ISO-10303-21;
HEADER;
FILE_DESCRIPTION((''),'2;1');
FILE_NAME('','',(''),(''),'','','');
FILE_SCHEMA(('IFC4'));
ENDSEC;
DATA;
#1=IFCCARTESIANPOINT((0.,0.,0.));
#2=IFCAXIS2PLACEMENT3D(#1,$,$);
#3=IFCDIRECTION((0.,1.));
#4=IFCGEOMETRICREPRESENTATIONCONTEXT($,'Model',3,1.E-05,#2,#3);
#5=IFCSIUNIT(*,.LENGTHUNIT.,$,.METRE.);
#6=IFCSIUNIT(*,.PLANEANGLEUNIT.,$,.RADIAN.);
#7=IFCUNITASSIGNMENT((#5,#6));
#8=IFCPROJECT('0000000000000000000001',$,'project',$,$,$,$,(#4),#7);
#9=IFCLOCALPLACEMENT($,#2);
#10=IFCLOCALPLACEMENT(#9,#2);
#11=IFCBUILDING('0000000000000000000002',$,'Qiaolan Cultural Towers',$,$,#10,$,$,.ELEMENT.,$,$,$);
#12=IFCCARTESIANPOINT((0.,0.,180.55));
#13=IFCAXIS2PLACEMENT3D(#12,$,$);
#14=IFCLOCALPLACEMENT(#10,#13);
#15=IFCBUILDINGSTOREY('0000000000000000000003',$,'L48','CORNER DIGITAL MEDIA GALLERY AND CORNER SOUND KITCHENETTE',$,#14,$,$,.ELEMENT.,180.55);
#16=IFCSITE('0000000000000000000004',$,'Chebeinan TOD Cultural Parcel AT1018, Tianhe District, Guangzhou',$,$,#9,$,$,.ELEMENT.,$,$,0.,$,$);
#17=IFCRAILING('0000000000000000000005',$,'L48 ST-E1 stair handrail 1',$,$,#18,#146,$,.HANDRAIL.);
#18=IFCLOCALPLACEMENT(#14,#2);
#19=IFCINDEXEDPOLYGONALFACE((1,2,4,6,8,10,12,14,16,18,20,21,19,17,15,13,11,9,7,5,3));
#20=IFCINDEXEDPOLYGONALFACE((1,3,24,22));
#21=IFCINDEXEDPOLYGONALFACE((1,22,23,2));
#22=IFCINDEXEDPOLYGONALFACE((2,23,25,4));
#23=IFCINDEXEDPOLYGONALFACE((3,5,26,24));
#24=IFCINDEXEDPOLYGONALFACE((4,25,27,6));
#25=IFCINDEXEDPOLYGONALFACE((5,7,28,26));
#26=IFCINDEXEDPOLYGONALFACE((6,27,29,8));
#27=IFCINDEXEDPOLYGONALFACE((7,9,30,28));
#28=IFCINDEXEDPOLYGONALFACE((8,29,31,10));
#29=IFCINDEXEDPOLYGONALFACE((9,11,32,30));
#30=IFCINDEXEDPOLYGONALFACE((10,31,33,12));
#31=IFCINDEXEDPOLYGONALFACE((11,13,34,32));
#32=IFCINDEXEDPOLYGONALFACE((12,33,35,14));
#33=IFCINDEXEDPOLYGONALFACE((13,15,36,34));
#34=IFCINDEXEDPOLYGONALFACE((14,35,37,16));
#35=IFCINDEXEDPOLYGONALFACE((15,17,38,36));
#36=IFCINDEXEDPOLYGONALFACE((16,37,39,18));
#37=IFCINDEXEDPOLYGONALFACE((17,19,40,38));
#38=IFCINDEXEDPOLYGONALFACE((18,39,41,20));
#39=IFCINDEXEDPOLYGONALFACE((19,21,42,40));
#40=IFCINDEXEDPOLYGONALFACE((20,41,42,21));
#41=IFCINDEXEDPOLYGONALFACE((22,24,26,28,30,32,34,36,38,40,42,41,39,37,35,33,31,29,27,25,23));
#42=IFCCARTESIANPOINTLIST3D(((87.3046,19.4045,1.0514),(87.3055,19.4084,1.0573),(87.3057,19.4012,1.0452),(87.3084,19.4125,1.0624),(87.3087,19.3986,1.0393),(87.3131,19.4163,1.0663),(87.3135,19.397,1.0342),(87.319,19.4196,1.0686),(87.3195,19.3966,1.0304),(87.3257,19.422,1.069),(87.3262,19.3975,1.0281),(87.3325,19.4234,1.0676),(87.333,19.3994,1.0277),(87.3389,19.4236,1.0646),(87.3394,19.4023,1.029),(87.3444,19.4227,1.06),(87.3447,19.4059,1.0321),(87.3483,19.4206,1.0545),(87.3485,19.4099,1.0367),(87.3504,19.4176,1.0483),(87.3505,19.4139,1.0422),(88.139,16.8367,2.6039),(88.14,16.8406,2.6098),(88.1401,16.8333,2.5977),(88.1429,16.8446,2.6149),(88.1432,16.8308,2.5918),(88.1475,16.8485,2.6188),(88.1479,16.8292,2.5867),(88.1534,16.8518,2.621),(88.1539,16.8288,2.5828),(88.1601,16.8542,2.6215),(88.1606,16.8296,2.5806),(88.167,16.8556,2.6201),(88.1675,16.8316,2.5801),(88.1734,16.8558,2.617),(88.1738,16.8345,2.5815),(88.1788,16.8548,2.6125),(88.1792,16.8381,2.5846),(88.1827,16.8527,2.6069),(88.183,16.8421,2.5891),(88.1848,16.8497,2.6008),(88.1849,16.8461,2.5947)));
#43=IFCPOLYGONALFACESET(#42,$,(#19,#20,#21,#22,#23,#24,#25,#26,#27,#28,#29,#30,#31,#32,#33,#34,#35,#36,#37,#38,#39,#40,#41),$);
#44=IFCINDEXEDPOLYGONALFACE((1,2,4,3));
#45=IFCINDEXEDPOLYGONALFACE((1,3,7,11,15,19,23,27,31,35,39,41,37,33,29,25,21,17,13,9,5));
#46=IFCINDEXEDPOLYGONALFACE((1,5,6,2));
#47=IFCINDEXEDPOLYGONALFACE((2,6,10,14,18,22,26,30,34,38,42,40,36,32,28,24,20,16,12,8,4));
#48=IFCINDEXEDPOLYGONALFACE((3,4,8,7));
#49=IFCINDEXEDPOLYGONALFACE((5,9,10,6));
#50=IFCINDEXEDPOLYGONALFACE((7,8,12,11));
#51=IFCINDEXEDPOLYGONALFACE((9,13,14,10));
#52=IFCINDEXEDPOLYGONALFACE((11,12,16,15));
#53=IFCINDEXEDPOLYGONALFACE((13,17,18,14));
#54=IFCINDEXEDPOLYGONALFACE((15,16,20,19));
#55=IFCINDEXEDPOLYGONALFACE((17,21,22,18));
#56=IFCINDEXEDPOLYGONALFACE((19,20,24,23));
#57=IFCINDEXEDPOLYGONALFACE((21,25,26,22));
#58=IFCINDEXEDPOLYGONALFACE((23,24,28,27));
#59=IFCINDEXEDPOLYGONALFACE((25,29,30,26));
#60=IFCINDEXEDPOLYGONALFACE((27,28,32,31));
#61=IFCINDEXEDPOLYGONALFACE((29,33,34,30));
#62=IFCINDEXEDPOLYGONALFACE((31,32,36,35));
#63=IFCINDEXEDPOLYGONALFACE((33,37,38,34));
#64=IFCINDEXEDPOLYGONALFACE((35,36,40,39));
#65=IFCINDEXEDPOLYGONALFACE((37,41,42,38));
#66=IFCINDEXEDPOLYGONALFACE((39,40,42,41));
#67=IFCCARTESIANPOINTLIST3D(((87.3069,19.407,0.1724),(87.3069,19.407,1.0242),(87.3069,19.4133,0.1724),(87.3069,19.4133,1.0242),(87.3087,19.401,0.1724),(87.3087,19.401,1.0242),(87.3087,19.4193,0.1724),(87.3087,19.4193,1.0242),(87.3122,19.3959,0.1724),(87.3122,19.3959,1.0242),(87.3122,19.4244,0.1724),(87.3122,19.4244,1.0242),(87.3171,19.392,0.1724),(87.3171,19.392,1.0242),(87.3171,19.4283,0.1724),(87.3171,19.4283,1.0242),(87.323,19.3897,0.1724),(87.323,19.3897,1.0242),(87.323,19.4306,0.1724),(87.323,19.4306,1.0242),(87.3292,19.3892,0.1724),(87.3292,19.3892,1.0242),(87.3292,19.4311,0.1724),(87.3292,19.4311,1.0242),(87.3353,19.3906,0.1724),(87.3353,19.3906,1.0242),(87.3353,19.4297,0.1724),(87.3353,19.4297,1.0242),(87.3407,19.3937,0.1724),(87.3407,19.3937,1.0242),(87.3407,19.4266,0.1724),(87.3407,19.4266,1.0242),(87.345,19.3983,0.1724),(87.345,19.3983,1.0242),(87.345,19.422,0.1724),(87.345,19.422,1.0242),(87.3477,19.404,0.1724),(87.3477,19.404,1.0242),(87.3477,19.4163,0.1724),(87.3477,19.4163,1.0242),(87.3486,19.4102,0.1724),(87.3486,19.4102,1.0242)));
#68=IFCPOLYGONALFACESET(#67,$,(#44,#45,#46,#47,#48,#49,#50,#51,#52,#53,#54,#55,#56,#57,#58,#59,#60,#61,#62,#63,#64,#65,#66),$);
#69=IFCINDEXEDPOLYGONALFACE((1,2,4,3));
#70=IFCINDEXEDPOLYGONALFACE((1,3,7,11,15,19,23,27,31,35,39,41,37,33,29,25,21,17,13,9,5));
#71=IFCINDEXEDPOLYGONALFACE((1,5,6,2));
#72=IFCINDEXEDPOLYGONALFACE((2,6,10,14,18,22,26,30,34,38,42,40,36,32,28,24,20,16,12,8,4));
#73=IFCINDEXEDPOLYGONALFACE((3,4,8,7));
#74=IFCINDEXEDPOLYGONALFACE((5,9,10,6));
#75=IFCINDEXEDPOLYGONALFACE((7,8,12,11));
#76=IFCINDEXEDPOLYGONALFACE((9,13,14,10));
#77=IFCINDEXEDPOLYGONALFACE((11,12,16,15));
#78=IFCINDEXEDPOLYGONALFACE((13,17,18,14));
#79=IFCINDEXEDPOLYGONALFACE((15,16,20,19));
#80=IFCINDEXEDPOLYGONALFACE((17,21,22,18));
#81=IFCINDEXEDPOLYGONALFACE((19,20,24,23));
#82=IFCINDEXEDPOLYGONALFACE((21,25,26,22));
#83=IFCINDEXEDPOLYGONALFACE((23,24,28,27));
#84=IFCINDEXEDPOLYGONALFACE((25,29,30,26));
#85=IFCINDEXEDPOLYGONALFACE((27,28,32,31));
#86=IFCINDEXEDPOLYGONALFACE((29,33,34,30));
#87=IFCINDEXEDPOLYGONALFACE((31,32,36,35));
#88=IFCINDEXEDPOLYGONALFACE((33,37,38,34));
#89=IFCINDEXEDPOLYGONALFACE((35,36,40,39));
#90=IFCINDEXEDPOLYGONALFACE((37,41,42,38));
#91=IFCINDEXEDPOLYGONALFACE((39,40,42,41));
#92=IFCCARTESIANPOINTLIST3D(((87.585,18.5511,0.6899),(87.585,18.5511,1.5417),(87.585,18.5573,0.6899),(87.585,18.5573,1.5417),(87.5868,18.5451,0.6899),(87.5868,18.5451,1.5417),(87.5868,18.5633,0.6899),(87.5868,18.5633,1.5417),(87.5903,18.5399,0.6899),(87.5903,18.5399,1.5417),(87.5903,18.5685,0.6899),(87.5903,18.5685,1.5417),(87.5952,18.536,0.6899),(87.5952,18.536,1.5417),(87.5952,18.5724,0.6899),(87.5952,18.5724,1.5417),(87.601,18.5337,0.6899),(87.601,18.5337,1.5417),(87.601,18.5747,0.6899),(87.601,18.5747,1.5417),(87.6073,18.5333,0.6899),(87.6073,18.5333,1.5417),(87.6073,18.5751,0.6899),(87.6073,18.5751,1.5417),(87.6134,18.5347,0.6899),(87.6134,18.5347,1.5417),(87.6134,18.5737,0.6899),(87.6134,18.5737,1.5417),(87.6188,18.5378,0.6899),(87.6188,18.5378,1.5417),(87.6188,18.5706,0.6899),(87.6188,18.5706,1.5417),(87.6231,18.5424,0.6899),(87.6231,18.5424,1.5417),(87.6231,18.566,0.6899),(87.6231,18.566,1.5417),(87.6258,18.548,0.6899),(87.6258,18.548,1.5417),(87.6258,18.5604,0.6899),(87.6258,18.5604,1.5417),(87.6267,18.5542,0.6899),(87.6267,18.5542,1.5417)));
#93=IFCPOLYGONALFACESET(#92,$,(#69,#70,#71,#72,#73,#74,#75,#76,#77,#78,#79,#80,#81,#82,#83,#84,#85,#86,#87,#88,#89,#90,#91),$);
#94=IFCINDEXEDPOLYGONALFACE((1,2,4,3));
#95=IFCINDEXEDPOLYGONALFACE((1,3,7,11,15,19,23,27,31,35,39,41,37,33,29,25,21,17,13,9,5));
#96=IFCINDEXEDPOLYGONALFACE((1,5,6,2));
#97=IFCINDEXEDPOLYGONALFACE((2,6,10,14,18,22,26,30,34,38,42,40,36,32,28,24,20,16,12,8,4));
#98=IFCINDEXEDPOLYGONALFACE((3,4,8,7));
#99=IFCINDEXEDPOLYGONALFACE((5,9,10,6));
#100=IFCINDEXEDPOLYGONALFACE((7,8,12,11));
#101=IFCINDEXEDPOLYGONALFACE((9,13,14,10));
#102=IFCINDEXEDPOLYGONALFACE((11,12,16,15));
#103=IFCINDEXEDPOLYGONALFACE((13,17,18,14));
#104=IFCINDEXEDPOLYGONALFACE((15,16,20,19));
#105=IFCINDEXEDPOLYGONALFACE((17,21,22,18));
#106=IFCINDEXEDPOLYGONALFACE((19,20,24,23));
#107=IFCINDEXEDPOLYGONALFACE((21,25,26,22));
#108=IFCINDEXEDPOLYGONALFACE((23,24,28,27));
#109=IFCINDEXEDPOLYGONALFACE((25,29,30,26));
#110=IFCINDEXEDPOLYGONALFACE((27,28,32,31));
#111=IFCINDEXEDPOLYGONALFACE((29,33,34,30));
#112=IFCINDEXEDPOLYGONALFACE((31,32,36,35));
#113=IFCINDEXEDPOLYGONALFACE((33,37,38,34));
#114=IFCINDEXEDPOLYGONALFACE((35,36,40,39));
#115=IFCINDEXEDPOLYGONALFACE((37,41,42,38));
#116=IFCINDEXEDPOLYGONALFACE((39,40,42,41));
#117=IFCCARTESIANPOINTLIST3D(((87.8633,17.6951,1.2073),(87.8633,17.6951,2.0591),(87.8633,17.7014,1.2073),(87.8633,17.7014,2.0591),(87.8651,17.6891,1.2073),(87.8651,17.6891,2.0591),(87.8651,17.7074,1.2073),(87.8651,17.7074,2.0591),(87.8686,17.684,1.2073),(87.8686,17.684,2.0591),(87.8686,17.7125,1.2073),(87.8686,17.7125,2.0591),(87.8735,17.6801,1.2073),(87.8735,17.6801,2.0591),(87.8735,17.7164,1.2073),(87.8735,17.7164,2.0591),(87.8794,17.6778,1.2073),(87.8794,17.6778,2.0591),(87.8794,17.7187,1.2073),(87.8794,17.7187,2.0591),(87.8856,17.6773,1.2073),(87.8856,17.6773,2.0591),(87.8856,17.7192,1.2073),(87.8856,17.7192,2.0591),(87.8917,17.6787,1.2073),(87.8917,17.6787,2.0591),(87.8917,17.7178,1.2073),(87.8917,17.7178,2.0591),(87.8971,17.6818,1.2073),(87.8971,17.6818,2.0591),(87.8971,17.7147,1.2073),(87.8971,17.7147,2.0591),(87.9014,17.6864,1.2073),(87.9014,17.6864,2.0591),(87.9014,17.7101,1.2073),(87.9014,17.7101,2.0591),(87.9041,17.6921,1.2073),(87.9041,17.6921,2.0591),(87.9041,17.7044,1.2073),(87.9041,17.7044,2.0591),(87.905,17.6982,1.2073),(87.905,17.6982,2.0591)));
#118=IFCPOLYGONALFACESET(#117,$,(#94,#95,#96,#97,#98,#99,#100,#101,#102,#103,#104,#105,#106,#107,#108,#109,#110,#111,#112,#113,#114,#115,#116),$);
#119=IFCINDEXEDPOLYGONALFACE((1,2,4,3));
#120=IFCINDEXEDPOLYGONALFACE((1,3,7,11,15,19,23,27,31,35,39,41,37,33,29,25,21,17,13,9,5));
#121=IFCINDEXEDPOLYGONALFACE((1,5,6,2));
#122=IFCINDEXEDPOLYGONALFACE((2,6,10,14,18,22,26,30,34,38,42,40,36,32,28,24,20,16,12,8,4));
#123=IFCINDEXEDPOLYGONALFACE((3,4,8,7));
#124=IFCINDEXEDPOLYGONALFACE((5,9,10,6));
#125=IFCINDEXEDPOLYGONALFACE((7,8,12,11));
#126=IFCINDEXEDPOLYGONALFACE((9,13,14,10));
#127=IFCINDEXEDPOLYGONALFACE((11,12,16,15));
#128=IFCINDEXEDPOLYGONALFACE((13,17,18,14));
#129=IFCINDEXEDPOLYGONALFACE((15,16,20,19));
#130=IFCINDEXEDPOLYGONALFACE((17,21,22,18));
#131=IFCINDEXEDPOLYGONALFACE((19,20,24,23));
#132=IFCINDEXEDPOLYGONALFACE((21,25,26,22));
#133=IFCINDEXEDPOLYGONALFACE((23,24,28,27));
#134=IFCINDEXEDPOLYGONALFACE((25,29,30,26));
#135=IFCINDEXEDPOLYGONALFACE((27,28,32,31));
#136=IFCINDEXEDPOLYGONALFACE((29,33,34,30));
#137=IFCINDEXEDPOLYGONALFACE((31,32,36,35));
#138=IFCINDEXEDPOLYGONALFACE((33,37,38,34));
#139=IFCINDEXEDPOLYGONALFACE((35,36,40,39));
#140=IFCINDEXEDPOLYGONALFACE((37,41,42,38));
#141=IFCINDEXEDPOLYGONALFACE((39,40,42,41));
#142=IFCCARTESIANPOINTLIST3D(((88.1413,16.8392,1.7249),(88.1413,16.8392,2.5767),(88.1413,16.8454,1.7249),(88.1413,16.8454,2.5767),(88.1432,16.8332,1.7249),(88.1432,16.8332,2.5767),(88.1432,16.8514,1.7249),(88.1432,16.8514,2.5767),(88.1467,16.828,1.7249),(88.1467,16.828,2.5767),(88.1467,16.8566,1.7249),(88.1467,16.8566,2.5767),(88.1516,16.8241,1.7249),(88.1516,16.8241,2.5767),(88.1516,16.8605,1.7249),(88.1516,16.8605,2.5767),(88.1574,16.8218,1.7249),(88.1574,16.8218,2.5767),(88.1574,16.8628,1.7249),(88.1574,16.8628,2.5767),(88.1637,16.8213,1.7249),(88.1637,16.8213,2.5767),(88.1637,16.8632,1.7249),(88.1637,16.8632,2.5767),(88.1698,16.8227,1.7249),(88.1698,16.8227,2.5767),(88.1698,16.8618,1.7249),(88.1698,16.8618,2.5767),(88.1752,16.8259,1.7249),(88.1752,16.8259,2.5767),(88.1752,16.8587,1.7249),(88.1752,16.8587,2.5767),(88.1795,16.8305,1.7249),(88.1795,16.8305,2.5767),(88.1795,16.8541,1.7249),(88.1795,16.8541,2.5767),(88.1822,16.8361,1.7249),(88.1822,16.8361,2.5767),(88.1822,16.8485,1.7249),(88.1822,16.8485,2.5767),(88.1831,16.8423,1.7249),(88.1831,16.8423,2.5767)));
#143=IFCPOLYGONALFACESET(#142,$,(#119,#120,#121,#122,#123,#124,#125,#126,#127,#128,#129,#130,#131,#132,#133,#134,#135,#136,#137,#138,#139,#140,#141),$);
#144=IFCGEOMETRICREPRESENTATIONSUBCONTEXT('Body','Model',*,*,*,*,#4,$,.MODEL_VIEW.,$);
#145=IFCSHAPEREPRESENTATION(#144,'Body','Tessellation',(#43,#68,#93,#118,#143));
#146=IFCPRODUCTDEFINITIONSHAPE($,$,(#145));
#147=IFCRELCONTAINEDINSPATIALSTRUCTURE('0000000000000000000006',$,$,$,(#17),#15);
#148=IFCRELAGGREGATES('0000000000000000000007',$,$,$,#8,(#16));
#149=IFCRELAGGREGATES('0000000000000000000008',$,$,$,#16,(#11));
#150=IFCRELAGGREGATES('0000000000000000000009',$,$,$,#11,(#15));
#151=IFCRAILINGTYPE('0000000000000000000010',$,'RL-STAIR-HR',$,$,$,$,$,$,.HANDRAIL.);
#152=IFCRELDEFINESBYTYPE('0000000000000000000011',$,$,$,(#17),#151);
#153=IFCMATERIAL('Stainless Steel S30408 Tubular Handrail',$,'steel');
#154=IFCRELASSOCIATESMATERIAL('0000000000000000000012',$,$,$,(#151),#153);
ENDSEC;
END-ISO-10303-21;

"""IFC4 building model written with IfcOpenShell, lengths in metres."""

from ifc_helpers import new_model, si_unit, direction, frame, origin, origin_2d, place, context, subcontext, project, spatial, circle, extrude, material, type_object, element, save


model = new_model("IFC4")

# Units and contexts
model_context = context("Model", 3, precision=1e-05, world=origin(), true_north=direction((0.0, 1.0)))
body_context = subcontext(model_context, "Body", "Model", "MODEL_VIEW")
ifc_project = project(units=[si_unit("LENGTHUNIT", "METRE"), si_unit("PLANEANGLEUNIT", "RADIAN")], contexts=[model_context])

# Site, building, storey
site_placement = place(None, origin())
site = spatial("IfcSite", under=ifc_project, at=site_placement, Name="Chebeinan TOD Cultural Parcel AT1018, Tianhe District, Guangzhou", CompositionType="ELEMENT", RefElevation=0.0)
building_placement = place(site_placement, origin())
building = spatial("IfcBuilding", under=site, at=building_placement, Name="Qiaolan Cultural Towers", CompositionType="ELEMENT")
storey_placement = place(building_placement, frame((0.0, 0.0, 180.55)))
storey = spatial("IfcBuildingStorey", under=building, at=storey_placement, Name="L48", Description="CORNER DIGITAL MEDIA GALLERY AND CORNER SOUND KITCHENETTE", CompositionType="ELEMENT", Elevation=180.55)

# Railing
ifc_material_1 = material(Name="Stainless Steel S30408 Tubular Handrail", Category="steel")
railing_type_1 = type_object("IfcRailingType", Name="RL-STAIR-HR", PredefinedType="HANDRAIL", material=ifc_material_1)
railing_1_placement = place(storey_placement, frame((87.3276, 19.4102, 0.1724)))
element("IfcRailing", 1, at=railing_1_placement, inside=storey, type_object=railing_type_1, Name="L48 ST-E1 stair handrail 1", PredefinedType="HANDRAIL", context=body_context, shape_type="SweptSolid", body=[
    extrude(circle(Radius=0.0239, at=origin_2d()), frame((0.0, 0.0, 0.876), z_axis=(0.267926, -0.824471, 0.498461), x_axis=(0.951043, 0.309057, 0.0)), (0.0, 0.0, 1.0), 3.1145),
    extrude(circle(Radius=0.021, at=origin_2d()), origin(), (0.0, 0.0, 1.0), 0.8518),
    extrude(circle(Radius=0.021, at=origin_2d()), frame((0.2781, -0.856, 0.5176)), (0.0, 0.0, 1.0), 0.8518),
    extrude(circle(Radius=0.021, at=origin_2d()), frame((0.5564, -1.7119, 1.0349)), (0.0, 0.0, 1.0), 0.8518),
    extrude(circle(Radius=0.021, at=origin_2d()), frame((0.8345, -2.5679, 1.5525)), (0.0, 0.0, 1.0), 0.8518),
])

save(model, "model.ifc")
